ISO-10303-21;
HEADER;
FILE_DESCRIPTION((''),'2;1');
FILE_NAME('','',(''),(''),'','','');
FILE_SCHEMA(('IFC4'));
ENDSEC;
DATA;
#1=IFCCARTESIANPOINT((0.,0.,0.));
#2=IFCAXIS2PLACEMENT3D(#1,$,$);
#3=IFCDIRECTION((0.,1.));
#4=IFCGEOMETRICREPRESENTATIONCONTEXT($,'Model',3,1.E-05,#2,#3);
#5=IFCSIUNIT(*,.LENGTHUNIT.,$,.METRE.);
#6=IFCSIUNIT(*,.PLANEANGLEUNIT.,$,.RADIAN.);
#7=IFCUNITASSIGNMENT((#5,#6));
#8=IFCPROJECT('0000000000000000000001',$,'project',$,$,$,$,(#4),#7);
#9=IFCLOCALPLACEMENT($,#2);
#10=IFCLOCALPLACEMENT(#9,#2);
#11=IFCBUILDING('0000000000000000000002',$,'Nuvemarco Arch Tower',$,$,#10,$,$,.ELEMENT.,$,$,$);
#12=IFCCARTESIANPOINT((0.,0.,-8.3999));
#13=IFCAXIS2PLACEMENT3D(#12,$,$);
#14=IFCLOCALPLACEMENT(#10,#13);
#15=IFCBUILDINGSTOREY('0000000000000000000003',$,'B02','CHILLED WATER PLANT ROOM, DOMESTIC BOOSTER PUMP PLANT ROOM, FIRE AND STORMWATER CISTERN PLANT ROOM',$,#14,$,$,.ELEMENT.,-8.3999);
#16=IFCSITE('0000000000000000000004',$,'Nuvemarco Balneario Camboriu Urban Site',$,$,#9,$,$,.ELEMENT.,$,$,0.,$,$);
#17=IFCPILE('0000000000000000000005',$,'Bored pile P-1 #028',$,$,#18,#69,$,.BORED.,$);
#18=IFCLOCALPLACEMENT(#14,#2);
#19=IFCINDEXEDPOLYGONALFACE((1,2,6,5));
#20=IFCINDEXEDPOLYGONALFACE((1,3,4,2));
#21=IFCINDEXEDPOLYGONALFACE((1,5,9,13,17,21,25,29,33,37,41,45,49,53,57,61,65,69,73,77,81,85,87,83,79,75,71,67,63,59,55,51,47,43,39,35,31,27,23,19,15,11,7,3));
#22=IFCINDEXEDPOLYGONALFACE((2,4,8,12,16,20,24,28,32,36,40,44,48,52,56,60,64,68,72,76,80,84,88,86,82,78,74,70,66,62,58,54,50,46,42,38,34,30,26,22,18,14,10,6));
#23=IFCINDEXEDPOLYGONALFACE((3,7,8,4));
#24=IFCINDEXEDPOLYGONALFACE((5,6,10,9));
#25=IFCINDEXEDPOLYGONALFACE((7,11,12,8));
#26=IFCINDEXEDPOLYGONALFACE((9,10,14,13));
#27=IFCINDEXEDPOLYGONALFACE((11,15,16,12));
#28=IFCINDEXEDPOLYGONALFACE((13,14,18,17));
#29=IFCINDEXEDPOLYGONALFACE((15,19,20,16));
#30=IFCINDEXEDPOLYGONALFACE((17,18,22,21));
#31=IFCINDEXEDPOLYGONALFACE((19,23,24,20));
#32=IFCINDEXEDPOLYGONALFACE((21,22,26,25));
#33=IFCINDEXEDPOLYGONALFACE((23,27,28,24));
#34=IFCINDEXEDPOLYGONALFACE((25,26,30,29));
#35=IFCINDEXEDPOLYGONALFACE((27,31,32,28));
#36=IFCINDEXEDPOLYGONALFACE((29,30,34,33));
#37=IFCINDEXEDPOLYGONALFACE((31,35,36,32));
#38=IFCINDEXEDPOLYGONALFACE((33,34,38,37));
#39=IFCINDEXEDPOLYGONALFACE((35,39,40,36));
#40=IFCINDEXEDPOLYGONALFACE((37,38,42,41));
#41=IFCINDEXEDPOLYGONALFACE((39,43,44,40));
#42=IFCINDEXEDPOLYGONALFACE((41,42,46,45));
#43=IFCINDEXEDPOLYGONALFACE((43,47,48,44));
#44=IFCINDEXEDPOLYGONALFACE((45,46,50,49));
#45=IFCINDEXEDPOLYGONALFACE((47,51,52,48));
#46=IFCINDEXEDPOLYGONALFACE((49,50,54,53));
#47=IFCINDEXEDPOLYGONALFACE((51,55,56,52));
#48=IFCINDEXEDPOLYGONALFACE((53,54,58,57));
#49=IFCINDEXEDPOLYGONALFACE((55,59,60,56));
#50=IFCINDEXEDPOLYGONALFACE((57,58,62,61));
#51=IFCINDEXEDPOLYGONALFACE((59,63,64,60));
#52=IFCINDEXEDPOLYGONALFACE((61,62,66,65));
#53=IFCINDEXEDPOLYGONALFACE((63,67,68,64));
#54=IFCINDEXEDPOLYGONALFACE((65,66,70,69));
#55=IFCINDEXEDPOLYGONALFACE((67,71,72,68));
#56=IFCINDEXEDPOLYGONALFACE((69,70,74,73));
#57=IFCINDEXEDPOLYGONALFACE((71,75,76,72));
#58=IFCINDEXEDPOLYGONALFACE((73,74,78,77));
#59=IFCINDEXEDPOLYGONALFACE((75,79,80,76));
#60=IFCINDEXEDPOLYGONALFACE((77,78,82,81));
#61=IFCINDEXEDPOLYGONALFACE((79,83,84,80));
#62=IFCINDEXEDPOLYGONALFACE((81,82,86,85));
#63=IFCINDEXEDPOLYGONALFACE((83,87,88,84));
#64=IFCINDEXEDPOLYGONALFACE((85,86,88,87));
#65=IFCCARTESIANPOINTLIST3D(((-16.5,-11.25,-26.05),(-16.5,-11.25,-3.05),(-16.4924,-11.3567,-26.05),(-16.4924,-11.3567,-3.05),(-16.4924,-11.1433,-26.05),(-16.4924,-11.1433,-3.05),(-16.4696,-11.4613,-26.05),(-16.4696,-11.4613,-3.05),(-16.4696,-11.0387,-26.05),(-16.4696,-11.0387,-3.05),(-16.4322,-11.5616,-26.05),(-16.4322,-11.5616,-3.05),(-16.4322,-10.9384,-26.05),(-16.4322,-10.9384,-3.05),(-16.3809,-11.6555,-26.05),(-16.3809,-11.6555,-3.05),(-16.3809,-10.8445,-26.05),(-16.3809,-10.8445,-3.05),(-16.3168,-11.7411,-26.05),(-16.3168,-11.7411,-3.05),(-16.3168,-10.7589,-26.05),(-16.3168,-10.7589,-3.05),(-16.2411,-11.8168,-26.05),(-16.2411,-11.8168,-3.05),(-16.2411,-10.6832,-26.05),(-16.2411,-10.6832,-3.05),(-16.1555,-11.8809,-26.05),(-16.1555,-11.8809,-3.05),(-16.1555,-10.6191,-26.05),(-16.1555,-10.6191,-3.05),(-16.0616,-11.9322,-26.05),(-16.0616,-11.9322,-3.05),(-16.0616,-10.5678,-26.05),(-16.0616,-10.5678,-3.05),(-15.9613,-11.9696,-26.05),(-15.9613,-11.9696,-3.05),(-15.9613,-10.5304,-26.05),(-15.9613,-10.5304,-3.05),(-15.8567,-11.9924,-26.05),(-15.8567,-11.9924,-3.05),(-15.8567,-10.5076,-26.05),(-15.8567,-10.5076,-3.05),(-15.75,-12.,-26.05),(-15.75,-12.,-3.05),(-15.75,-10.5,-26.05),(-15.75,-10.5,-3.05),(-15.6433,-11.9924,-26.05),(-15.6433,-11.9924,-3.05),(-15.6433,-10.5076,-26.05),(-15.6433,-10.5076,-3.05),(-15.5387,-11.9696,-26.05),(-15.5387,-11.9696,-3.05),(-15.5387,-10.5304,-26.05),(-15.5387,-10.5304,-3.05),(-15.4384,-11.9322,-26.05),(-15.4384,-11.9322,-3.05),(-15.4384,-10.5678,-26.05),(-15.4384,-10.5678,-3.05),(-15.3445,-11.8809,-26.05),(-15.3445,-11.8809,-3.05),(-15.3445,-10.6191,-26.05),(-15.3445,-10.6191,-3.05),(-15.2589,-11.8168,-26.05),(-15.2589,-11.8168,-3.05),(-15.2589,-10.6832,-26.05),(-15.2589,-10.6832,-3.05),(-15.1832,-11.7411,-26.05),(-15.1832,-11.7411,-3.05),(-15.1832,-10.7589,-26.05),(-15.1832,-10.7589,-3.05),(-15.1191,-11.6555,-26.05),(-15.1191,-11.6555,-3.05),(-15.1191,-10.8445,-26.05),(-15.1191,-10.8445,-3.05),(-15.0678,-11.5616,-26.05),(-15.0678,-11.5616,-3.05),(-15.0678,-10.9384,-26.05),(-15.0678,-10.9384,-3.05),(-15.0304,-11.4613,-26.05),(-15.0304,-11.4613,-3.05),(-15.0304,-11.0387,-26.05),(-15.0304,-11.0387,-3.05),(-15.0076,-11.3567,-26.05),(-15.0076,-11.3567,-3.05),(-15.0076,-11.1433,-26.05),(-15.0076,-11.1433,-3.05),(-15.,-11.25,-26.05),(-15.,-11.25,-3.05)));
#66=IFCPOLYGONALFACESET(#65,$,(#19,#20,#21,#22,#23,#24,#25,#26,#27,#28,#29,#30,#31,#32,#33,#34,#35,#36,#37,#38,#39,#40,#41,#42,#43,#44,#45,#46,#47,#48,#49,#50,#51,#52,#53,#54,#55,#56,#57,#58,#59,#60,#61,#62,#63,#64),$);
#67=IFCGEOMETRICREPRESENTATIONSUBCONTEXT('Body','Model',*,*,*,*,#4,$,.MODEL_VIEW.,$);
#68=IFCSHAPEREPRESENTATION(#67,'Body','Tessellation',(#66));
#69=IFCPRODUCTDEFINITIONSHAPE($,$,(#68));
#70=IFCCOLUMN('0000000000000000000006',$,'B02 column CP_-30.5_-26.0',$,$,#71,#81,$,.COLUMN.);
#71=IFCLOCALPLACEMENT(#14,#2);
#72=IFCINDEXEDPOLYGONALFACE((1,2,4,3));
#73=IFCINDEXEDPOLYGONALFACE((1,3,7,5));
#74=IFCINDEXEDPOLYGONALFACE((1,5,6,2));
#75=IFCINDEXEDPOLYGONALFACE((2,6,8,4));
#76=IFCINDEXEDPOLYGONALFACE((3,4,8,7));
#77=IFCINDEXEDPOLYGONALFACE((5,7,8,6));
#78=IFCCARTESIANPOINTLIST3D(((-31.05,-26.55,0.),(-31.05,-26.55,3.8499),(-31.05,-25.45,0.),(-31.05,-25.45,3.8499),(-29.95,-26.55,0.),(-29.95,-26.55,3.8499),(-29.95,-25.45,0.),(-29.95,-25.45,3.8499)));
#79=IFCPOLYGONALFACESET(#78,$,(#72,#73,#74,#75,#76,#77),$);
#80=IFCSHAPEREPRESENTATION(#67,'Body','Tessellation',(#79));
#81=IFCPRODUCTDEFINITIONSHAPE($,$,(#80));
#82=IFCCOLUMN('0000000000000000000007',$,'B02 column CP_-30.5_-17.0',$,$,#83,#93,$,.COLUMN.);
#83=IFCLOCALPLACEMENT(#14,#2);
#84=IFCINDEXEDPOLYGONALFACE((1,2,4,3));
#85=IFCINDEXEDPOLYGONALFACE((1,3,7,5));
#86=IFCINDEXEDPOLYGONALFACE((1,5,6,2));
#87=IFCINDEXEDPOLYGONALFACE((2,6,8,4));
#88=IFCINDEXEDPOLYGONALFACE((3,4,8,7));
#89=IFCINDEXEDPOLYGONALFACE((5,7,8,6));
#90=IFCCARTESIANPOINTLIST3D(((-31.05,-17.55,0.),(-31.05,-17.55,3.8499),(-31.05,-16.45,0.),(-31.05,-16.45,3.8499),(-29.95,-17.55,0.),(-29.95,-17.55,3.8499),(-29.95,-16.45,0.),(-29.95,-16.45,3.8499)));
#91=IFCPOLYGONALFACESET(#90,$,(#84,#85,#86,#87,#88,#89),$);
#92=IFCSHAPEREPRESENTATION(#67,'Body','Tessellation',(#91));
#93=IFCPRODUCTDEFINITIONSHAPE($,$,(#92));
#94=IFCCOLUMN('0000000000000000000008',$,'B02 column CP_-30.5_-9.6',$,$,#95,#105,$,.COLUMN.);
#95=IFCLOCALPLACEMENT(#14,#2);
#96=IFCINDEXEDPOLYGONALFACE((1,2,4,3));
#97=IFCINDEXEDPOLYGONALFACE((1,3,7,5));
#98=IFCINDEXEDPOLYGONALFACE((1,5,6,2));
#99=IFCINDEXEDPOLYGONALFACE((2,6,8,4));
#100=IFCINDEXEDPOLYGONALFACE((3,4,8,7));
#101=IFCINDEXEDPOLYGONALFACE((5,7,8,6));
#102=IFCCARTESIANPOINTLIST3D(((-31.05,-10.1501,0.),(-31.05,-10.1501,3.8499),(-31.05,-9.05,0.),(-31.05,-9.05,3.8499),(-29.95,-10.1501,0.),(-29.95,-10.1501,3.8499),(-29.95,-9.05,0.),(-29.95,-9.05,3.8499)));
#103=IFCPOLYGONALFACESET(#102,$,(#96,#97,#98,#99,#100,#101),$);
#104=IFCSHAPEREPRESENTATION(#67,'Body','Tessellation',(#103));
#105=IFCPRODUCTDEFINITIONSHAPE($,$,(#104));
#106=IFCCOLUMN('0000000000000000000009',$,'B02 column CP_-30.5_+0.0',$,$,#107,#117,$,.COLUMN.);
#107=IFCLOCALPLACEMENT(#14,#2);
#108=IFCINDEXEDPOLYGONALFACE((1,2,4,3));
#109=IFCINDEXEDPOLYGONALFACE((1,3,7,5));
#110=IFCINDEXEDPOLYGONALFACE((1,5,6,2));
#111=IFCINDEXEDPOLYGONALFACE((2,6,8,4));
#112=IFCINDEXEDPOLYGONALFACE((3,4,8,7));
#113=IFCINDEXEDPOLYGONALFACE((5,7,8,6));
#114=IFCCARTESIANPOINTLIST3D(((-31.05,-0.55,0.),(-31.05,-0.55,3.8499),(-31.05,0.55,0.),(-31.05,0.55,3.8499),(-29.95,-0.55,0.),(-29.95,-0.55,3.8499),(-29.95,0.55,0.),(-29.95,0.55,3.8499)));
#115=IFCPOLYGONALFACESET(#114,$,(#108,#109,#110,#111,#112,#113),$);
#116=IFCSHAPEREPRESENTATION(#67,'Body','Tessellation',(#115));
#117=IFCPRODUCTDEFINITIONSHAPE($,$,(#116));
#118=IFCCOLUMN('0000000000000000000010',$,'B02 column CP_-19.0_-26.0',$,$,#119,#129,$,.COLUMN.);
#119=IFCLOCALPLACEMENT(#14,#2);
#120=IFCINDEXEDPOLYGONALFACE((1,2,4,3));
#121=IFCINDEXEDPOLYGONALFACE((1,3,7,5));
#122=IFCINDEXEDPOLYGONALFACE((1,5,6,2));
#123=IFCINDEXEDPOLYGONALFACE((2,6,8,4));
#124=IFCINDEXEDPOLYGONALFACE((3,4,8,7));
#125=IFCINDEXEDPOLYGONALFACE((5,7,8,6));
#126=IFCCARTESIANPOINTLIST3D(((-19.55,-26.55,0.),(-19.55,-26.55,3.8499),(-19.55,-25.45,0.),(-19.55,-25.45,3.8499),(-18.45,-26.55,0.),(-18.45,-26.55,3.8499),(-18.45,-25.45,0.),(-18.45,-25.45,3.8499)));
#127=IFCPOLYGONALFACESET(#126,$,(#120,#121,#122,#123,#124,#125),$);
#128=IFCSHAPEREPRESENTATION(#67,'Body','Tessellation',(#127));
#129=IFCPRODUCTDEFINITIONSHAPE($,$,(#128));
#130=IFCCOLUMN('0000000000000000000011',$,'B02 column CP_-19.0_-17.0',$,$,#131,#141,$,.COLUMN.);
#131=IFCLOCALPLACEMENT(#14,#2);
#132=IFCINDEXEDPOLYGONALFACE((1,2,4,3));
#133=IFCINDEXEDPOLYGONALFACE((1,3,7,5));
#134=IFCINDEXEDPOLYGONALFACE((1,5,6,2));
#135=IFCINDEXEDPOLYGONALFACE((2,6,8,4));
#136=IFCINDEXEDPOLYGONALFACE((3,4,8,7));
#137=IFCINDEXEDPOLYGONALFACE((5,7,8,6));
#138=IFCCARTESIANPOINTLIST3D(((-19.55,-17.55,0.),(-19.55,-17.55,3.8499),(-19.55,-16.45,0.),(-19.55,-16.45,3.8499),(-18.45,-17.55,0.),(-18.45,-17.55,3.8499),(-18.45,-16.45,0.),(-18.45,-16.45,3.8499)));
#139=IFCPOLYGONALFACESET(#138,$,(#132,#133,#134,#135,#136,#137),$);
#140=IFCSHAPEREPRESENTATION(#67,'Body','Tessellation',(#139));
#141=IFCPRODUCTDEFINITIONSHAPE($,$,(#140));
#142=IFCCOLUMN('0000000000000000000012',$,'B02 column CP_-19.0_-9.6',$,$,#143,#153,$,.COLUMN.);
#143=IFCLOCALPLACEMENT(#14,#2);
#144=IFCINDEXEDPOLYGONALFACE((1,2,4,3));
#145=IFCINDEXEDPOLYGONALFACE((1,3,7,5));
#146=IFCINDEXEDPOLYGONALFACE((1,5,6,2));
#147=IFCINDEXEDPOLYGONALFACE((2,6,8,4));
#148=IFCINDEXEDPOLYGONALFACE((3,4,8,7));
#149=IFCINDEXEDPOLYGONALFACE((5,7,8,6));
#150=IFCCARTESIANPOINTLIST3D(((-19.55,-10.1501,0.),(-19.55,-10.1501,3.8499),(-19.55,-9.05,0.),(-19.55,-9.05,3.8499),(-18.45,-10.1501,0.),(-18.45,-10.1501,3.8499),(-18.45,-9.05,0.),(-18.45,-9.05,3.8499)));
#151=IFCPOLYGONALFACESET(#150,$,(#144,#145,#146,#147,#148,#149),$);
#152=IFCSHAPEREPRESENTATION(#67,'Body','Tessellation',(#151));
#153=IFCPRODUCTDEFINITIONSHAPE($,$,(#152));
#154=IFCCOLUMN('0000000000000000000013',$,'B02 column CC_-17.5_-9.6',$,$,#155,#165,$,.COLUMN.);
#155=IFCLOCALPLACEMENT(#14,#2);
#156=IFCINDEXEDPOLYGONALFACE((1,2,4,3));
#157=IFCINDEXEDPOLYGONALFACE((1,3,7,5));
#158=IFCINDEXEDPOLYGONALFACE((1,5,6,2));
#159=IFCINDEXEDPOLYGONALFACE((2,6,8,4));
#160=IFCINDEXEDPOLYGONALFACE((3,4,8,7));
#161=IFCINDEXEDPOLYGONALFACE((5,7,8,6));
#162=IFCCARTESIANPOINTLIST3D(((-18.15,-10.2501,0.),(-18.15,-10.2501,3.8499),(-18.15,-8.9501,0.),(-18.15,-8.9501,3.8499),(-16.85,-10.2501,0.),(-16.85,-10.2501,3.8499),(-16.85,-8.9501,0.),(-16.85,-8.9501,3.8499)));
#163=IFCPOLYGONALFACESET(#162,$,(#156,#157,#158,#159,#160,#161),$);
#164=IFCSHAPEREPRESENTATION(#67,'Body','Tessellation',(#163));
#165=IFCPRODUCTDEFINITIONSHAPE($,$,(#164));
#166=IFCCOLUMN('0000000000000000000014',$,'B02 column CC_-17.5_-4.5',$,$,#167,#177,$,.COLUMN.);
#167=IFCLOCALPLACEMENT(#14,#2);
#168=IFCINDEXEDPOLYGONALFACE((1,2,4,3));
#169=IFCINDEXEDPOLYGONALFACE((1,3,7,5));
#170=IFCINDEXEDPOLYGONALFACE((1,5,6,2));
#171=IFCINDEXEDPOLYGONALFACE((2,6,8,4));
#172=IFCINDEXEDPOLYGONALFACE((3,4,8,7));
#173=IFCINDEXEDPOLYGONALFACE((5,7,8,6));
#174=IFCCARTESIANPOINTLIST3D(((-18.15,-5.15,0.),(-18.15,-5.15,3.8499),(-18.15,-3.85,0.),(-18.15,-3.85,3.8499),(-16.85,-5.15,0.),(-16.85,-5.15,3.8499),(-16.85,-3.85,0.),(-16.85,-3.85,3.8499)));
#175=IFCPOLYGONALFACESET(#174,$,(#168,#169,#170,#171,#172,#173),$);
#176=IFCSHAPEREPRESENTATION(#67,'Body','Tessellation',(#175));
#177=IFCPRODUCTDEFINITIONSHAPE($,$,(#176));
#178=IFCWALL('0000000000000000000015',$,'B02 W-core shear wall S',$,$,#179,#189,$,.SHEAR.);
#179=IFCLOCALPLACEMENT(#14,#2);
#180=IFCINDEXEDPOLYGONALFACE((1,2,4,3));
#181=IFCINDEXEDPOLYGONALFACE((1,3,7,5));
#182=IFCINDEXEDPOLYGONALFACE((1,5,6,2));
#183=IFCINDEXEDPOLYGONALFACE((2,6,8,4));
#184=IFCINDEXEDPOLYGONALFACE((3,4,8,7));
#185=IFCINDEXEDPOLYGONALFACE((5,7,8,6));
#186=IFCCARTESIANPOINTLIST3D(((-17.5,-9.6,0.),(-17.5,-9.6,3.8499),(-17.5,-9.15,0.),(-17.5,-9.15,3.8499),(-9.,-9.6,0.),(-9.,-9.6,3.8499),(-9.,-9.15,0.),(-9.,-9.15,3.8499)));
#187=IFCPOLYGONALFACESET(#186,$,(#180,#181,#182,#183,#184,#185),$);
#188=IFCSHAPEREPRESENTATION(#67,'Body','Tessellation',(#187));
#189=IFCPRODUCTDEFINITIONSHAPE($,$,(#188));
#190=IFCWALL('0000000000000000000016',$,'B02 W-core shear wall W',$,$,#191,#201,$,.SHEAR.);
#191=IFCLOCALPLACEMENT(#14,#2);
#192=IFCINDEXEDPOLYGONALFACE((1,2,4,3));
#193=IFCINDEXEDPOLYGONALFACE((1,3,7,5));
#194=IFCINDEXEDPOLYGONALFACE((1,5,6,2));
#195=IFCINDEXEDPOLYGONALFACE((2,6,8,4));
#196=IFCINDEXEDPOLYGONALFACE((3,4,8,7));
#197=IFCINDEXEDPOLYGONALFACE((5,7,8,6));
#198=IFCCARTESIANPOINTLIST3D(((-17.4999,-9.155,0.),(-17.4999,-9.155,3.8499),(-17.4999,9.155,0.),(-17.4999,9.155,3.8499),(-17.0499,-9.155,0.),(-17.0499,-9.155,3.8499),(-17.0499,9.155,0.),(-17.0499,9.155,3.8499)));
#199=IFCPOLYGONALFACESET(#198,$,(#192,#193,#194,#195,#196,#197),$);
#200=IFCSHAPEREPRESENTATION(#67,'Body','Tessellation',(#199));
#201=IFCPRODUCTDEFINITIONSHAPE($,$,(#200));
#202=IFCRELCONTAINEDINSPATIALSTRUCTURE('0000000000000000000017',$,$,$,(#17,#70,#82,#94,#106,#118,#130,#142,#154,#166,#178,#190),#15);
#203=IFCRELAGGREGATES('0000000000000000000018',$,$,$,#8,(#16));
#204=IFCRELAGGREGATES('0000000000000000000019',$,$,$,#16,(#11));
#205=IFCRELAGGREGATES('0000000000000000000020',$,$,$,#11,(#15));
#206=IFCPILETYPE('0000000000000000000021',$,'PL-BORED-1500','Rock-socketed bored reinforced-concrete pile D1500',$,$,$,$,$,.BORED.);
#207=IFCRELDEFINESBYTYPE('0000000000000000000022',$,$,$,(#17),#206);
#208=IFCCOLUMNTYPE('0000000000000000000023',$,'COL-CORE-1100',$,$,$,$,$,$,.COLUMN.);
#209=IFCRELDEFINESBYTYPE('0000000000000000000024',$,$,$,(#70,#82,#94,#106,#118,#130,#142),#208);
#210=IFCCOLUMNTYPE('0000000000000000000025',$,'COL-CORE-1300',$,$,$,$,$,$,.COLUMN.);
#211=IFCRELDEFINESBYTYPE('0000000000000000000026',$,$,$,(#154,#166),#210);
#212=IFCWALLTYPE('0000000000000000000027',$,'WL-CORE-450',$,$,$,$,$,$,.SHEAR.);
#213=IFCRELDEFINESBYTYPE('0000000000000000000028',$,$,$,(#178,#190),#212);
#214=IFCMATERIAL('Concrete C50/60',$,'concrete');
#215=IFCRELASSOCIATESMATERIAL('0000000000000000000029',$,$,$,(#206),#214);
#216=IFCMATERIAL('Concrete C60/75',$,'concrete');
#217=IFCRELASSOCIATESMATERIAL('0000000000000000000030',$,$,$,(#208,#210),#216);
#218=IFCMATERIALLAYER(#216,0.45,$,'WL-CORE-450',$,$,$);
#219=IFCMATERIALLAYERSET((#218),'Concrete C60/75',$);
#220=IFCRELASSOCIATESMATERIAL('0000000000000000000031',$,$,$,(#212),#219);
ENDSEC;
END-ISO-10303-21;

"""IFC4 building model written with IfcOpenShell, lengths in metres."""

from ifc_helpers import new_model, si_unit, direction, frame, frame_2d, origin, origin_2d, place, context, subcontext, project, spatial, rectangle, circle, extrude, material, layer, layer_set, material_profile, profile_set, type_object, element, save


model = new_model("IFC4")

# Units and contexts
model_context = context("Model", 3, precision=1e-05, world=origin(), true_north=direction((0.0, 1.0)))
body_context = subcontext(model_context, "Body", "Model", "MODEL_VIEW")
ifc_project = project(units=[si_unit("LENGTHUNIT", "METRE"), si_unit("PLANEANGLEUNIT", "RADIAN")], contexts=[model_context])

# Site, building, storey
site_placement = place(None, origin())
site = spatial("IfcSite", under=ifc_project, at=site_placement, Name="Nuvemarco Balneario Camboriu Urban Site", CompositionType="ELEMENT", RefElevation=0.0)
building_placement = place(site_placement, origin())
building = spatial("IfcBuilding", under=site, at=building_placement, Name="Nuvemarco Arch Tower", CompositionType="ELEMENT")
storey_placement = place(building_placement, frame((0.0, 0.0, -8.3999)))
storey = spatial("IfcBuildingStorey", under=building, at=storey_placement, Name="B02", Description="CHILLED WATER PLANT ROOM, DOMESTIC BOOSTER PUMP PLANT ROOM, FIRE AND STORMWATER CISTERN PLANT ROOM", CompositionType="ELEMENT", Elevation=-8.3999)

# Pile
ifc_material_1 = material(Name="Concrete C50/60", Category="concrete")
ifc_material_profile_1 = material_profile(ifc_material_1, circle(Radius=0.75, at=origin_2d()), Name="PILE-D1500")
ifc_profile_set_1 = profile_set([ifc_material_profile_1], Name="Concrete C50/60")
pile_type = type_object("IfcPileType", Name="PL-BORED-1500", Description="Rock-socketed bored reinforced-concrete pile D1500", PredefinedType="BORED", material=ifc_profile_set_1)
for number, where, z_axis, x_axis, name in (
    (1, (-15.75, -11.25, -3.05), (0.0, 0.0, -1.0), (1.0, 0.0, 0.0), "Bored pile P-1 #028"),
):
    element("IfcPile", number, at=place(storey_placement, frame(where, z_axis=z_axis, x_axis=x_axis)), inside=storey, type_object=pile_type, Name=name, PredefinedType="BORED", context=body_context, shape_type="SweptSolid", body=[
        extrude(circle(Radius=0.75, at=origin_2d()), origin(), (0.0, 0.0, 1.0), 23.0),
    ])

# Columns
ifc_material_2 = material(Name="Concrete C60/75", Category="concrete")
ifc_material_profile_2 = material_profile(ifc_material_2, rectangle(XDim=1.1001, YDim=1.1001, at=origin_2d()), Name="RC-COL-1100x1100")
ifc_profile_set_2 = profile_set([ifc_material_profile_2], Name="Concrete C60/75")
column_type_1 = type_object("IfcColumnType", Name="COL-CORE-1100", PredefinedType="COLUMN", material=ifc_profile_set_2)
for number, where, z_axis, x_axis, name in (
    (2, (-30.5, -26.0, 0.0), (0.0, 0.0, 1.0), (1.0, 0.0, 0.0), "B02 column CP_-30.5_-26.0"),
    (3, (-30.5, -17.0, 0.0), (0.0, 0.0, 1.0), (1.0, 0.0, 0.0), "B02 column CP_-30.5_-17.0"),
    (4, (-30.5, -9.6001, 0.0), (0.0, 0.0, 1.0), (1.0, 0.0, 0.0), "B02 column CP_-30.5_-9.6"),
    (5, (-30.5, 0.0, 0.0), (0.0, 0.0, 1.0), (1.0, 0.0, 0.0), "B02 column CP_-30.5_+0.0"),
    (6, (-19.0, -26.0, 0.0), (0.0, 0.0, 1.0), (1.0, 0.0, 0.0), "B02 column CP_-19.0_-26.0"),
    (7, (-19.0, -17.0, 0.0), (0.0, 0.0, 1.0), (1.0, 0.0, 0.0), "B02 column CP_-19.0_-17.0"),
    (8, (-19.0, -9.6001, 0.0), (0.0, 0.0, 1.0), (1.0, 0.0, 0.0), "B02 column CP_-19.0_-9.6"),
):
    element("IfcColumn", number, at=place(storey_placement, frame(where, z_axis=z_axis, x_axis=x_axis)), inside=storey, type_object=column_type_1, Name=name, PredefinedType="COLUMN", context=body_context, shape_type="SweptSolid", body=[
        extrude(rectangle(XDim=1.1001, YDim=1.1001, at=origin_2d()), origin(), (0.0, 0.0, 1.0), 3.8499),
    ])
ifc_material_profile_3 = material_profile(ifc_material_2, rectangle(XDim=1.3, YDim=1.3, at=origin_2d()), Name="RC-COL-1300x1300")
ifc_profile_set_3 = profile_set([ifc_material_profile_3], Name="Concrete C60/75")
column_type_2 = type_object("IfcColumnType", Name="COL-CORE-1300", PredefinedType="COLUMN", material=ifc_profile_set_3)
for number, where, z_axis, x_axis, name in (
    (9, (-17.5, -9.6001, 0.0), (0.0, 0.0, 1.0), (1.0, 0.0, 0.0), "B02 column CC_-17.5_-9.6"),
    (10, (-17.5, -4.5, 0.0), (0.0, 0.0, 1.0), (1.0, 0.0, 0.0), "B02 column CC_-17.5_-4.5"),
):
    element("IfcColumn", number, at=place(storey_placement, frame(where, z_axis=z_axis, x_axis=x_axis)), inside=storey, type_object=column_type_2, Name=name, PredefinedType="COLUMN", context=body_context, shape_type="SweptSolid", body=[
        extrude(rectangle(XDim=1.3, YDim=1.3, at=origin_2d()), origin(), (0.0, 0.0, 1.0), 3.8499),
    ])

# Walls
ifc_layer_1 = layer(ifc_material_2, 0.45, Name="WL-CORE-450")
ifc_layer_set_1 = layer_set([ifc_layer_1], Name="Concrete C60/75")
wall_type_1 = type_object("IfcWallType", Name="WL-CORE-450", PredefinedType="SHEAR", material=ifc_layer_set_1)
wall_1_placement = place(storey_placement, frame((-17.5, -9.375, 0.0), z_axis=(0.0, 0.0, 1.0), x_axis=(1.0, 0.0, 0.0)))
element("IfcWall", 11, at=wall_1_placement, inside=storey, type_object=wall_type_1, Name="B02 W-core shear wall S", PredefinedType="SHEAR", context=body_context, shape_type="SweptSolid", body=[
    extrude(rectangle(XDim=8.5, YDim=0.45, at=frame_2d((4.25, 0.0))), origin(), (0.0, 0.0, 1.0), 3.8499),
])
wall_2_placement = place(storey_placement, frame((-17.2749, -9.155, 0.0), z_axis=(0.0, 0.0, 1.0), x_axis=(0.0, 1.0, 0.0)))
element("IfcWall", 12, at=wall_2_placement, inside=storey, type_object=wall_type_1, Name="B02 W-core shear wall W", PredefinedType="SHEAR", context=body_context, shape_type="SweptSolid", body=[
    extrude(rectangle(XDim=18.3101, YDim=0.45, at=frame_2d((9.155, 0.0))), origin(), (0.0, 0.0, 1.0), 3.8499),
])

save(model, "model.ifc")
